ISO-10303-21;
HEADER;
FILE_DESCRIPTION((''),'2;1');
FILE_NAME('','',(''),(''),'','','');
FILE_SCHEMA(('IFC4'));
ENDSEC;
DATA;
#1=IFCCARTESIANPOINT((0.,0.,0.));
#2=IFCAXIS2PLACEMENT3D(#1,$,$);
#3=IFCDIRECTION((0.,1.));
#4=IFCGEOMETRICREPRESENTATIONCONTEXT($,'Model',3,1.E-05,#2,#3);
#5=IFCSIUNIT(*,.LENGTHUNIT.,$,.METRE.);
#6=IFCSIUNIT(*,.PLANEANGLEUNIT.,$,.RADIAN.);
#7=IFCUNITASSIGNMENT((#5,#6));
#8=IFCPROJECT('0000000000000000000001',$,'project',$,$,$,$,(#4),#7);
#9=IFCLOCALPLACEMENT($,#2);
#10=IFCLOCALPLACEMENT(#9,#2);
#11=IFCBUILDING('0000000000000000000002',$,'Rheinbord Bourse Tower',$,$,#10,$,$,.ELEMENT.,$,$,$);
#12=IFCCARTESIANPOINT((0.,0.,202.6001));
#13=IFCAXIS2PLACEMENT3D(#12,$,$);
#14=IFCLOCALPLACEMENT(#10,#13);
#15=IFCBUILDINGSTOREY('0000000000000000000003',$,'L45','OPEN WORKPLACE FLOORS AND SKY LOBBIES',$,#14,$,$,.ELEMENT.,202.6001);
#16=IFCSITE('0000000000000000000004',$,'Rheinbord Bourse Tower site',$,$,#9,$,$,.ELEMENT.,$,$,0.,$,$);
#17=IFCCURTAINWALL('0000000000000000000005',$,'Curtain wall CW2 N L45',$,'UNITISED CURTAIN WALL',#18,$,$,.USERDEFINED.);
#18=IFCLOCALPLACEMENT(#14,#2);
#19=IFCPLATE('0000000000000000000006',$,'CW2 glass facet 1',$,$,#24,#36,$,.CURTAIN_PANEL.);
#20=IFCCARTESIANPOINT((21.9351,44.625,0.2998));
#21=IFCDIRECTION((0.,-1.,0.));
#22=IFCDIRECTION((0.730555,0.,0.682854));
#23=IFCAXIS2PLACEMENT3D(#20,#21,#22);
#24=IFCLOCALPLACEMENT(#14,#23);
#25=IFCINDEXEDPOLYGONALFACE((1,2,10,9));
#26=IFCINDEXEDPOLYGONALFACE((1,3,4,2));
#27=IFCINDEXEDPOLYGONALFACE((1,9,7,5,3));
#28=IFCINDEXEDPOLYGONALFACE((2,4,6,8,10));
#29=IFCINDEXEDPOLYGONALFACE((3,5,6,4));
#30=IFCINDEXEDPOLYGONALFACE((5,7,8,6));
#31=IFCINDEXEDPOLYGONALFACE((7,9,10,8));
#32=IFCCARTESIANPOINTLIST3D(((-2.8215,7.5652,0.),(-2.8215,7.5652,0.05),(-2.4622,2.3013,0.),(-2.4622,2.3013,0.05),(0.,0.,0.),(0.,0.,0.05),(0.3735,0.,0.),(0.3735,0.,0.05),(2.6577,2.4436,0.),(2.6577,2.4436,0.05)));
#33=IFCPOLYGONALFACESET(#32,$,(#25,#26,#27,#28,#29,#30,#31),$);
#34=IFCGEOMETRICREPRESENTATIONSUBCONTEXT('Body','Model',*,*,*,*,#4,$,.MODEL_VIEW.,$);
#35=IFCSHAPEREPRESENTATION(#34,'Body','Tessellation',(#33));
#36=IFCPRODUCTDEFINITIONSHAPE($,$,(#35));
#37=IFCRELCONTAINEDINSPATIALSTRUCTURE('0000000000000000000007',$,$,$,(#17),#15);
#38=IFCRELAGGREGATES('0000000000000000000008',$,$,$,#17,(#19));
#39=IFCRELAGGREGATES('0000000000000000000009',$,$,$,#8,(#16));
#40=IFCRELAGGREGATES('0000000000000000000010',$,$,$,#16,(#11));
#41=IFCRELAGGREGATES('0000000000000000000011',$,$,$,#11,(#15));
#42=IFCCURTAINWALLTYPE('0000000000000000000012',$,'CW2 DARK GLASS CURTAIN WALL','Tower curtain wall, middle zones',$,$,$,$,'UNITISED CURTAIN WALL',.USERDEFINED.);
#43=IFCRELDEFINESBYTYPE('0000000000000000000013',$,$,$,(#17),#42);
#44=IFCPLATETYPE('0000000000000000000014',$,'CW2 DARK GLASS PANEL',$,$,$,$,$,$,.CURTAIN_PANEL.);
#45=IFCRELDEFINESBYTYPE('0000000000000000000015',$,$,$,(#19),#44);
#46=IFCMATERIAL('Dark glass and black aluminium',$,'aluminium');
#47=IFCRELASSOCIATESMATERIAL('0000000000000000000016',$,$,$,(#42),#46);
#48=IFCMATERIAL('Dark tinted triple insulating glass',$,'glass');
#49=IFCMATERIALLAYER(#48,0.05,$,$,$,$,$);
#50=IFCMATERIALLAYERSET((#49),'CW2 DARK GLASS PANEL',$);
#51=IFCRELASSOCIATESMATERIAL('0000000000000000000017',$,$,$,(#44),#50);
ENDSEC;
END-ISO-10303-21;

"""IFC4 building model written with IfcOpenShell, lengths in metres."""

from ifc_helpers import new_model, si_unit, direction, frame, origin, place, context, subcontext, project, spatial, polyline, outline, extrude, material, layer, layer_set, type_object, element, aggregate, save


model = new_model("IFC4")

# Units and contexts
model_context = context("Model", 3, precision=1e-05, world=origin(), true_north=direction((0.0, 1.0)))
body_context = subcontext(model_context, "Body", "Model", "MODEL_VIEW")
ifc_project = project(units=[si_unit("LENGTHUNIT", "METRE"), si_unit("PLANEANGLEUNIT", "RADIAN")], contexts=[model_context])

# Site, building, storey
site_placement = place(None, origin())
site = spatial("IfcSite", under=ifc_project, at=site_placement, Name="Rheinbord Bourse Tower site", CompositionType="ELEMENT", RefElevation=0.0)
building_placement = place(site_placement, origin())
building = spatial("IfcBuilding", under=site, at=building_placement, Name="Rheinbord Bourse Tower", CompositionType="ELEMENT")
storey_placement = place(building_placement, frame((0.0, 0.0, 202.6001)))
storey = spatial("IfcBuildingStorey", under=building, at=storey_placement, Name="L45", Description="OPEN WORKPLACE FLOORS AND SKY LOBBIES", CompositionType="ELEMENT", Elevation=202.6001)

# Curtain wall
ifc_material_1 = material(Name="Dark glass and black aluminium", Category="aluminium")
curtain_wall_type = type_object("IfcCurtainWallType", Name="CW2 DARK GLASS CURTAIN WALL", Description="Tower curtain wall, middle zones", ElementType="UNITISED CURTAIN WALL", PredefinedType="USERDEFINED", material=ifc_material_1)
curtain_wall_placement = place(storey_placement, origin())
curtain_wall = element("IfcCurtainWall", 1, at=curtain_wall_placement, inside=storey, type_object=curtain_wall_type, Name="Curtain wall CW2 N L45", ObjectType="UNITISED CURTAIN WALL", PredefinedType="USERDEFINED")

# Plate
ifc_material_2 = material(Name="Dark tinted triple insulating glass", Category="glass")
ifc_layer_1 = layer(ifc_material_2, 0.05)
ifc_layer_set_1 = layer_set([ifc_layer_1], Name="CW2 DARK GLASS PANEL")
plate_type = type_object("IfcPlateType", Name="CW2 DARK GLASS PANEL", PredefinedType="CURTAIN_PANEL", material=ifc_layer_set_1)
plate_1_placement = place(storey_placement, frame((21.9351, 44.625, 0.2998), z_axis=(0.0, -1.0, 0.0), x_axis=(0.730555, 0.0, 0.682854)))
plate_1 = element("IfcPlate", 2, at=plate_1_placement, type_object=plate_type, Name="CW2 glass facet 1", PredefinedType="CURTAIN_PANEL", context=body_context, shape_type="SweptSolid", body=[
    extrude(outline(polyline([(0.0, 0.0), (0.3735, 0.0), (2.6577, 2.4436), (-2.8215, 7.5652), (-2.4622, 2.3013), (0.0, 0.0)])), origin(), (0.0, 0.0, 1.0), 0.05),
])
aggregate(curtain_wall, [plate_1])

save(model, "model.ifc")
